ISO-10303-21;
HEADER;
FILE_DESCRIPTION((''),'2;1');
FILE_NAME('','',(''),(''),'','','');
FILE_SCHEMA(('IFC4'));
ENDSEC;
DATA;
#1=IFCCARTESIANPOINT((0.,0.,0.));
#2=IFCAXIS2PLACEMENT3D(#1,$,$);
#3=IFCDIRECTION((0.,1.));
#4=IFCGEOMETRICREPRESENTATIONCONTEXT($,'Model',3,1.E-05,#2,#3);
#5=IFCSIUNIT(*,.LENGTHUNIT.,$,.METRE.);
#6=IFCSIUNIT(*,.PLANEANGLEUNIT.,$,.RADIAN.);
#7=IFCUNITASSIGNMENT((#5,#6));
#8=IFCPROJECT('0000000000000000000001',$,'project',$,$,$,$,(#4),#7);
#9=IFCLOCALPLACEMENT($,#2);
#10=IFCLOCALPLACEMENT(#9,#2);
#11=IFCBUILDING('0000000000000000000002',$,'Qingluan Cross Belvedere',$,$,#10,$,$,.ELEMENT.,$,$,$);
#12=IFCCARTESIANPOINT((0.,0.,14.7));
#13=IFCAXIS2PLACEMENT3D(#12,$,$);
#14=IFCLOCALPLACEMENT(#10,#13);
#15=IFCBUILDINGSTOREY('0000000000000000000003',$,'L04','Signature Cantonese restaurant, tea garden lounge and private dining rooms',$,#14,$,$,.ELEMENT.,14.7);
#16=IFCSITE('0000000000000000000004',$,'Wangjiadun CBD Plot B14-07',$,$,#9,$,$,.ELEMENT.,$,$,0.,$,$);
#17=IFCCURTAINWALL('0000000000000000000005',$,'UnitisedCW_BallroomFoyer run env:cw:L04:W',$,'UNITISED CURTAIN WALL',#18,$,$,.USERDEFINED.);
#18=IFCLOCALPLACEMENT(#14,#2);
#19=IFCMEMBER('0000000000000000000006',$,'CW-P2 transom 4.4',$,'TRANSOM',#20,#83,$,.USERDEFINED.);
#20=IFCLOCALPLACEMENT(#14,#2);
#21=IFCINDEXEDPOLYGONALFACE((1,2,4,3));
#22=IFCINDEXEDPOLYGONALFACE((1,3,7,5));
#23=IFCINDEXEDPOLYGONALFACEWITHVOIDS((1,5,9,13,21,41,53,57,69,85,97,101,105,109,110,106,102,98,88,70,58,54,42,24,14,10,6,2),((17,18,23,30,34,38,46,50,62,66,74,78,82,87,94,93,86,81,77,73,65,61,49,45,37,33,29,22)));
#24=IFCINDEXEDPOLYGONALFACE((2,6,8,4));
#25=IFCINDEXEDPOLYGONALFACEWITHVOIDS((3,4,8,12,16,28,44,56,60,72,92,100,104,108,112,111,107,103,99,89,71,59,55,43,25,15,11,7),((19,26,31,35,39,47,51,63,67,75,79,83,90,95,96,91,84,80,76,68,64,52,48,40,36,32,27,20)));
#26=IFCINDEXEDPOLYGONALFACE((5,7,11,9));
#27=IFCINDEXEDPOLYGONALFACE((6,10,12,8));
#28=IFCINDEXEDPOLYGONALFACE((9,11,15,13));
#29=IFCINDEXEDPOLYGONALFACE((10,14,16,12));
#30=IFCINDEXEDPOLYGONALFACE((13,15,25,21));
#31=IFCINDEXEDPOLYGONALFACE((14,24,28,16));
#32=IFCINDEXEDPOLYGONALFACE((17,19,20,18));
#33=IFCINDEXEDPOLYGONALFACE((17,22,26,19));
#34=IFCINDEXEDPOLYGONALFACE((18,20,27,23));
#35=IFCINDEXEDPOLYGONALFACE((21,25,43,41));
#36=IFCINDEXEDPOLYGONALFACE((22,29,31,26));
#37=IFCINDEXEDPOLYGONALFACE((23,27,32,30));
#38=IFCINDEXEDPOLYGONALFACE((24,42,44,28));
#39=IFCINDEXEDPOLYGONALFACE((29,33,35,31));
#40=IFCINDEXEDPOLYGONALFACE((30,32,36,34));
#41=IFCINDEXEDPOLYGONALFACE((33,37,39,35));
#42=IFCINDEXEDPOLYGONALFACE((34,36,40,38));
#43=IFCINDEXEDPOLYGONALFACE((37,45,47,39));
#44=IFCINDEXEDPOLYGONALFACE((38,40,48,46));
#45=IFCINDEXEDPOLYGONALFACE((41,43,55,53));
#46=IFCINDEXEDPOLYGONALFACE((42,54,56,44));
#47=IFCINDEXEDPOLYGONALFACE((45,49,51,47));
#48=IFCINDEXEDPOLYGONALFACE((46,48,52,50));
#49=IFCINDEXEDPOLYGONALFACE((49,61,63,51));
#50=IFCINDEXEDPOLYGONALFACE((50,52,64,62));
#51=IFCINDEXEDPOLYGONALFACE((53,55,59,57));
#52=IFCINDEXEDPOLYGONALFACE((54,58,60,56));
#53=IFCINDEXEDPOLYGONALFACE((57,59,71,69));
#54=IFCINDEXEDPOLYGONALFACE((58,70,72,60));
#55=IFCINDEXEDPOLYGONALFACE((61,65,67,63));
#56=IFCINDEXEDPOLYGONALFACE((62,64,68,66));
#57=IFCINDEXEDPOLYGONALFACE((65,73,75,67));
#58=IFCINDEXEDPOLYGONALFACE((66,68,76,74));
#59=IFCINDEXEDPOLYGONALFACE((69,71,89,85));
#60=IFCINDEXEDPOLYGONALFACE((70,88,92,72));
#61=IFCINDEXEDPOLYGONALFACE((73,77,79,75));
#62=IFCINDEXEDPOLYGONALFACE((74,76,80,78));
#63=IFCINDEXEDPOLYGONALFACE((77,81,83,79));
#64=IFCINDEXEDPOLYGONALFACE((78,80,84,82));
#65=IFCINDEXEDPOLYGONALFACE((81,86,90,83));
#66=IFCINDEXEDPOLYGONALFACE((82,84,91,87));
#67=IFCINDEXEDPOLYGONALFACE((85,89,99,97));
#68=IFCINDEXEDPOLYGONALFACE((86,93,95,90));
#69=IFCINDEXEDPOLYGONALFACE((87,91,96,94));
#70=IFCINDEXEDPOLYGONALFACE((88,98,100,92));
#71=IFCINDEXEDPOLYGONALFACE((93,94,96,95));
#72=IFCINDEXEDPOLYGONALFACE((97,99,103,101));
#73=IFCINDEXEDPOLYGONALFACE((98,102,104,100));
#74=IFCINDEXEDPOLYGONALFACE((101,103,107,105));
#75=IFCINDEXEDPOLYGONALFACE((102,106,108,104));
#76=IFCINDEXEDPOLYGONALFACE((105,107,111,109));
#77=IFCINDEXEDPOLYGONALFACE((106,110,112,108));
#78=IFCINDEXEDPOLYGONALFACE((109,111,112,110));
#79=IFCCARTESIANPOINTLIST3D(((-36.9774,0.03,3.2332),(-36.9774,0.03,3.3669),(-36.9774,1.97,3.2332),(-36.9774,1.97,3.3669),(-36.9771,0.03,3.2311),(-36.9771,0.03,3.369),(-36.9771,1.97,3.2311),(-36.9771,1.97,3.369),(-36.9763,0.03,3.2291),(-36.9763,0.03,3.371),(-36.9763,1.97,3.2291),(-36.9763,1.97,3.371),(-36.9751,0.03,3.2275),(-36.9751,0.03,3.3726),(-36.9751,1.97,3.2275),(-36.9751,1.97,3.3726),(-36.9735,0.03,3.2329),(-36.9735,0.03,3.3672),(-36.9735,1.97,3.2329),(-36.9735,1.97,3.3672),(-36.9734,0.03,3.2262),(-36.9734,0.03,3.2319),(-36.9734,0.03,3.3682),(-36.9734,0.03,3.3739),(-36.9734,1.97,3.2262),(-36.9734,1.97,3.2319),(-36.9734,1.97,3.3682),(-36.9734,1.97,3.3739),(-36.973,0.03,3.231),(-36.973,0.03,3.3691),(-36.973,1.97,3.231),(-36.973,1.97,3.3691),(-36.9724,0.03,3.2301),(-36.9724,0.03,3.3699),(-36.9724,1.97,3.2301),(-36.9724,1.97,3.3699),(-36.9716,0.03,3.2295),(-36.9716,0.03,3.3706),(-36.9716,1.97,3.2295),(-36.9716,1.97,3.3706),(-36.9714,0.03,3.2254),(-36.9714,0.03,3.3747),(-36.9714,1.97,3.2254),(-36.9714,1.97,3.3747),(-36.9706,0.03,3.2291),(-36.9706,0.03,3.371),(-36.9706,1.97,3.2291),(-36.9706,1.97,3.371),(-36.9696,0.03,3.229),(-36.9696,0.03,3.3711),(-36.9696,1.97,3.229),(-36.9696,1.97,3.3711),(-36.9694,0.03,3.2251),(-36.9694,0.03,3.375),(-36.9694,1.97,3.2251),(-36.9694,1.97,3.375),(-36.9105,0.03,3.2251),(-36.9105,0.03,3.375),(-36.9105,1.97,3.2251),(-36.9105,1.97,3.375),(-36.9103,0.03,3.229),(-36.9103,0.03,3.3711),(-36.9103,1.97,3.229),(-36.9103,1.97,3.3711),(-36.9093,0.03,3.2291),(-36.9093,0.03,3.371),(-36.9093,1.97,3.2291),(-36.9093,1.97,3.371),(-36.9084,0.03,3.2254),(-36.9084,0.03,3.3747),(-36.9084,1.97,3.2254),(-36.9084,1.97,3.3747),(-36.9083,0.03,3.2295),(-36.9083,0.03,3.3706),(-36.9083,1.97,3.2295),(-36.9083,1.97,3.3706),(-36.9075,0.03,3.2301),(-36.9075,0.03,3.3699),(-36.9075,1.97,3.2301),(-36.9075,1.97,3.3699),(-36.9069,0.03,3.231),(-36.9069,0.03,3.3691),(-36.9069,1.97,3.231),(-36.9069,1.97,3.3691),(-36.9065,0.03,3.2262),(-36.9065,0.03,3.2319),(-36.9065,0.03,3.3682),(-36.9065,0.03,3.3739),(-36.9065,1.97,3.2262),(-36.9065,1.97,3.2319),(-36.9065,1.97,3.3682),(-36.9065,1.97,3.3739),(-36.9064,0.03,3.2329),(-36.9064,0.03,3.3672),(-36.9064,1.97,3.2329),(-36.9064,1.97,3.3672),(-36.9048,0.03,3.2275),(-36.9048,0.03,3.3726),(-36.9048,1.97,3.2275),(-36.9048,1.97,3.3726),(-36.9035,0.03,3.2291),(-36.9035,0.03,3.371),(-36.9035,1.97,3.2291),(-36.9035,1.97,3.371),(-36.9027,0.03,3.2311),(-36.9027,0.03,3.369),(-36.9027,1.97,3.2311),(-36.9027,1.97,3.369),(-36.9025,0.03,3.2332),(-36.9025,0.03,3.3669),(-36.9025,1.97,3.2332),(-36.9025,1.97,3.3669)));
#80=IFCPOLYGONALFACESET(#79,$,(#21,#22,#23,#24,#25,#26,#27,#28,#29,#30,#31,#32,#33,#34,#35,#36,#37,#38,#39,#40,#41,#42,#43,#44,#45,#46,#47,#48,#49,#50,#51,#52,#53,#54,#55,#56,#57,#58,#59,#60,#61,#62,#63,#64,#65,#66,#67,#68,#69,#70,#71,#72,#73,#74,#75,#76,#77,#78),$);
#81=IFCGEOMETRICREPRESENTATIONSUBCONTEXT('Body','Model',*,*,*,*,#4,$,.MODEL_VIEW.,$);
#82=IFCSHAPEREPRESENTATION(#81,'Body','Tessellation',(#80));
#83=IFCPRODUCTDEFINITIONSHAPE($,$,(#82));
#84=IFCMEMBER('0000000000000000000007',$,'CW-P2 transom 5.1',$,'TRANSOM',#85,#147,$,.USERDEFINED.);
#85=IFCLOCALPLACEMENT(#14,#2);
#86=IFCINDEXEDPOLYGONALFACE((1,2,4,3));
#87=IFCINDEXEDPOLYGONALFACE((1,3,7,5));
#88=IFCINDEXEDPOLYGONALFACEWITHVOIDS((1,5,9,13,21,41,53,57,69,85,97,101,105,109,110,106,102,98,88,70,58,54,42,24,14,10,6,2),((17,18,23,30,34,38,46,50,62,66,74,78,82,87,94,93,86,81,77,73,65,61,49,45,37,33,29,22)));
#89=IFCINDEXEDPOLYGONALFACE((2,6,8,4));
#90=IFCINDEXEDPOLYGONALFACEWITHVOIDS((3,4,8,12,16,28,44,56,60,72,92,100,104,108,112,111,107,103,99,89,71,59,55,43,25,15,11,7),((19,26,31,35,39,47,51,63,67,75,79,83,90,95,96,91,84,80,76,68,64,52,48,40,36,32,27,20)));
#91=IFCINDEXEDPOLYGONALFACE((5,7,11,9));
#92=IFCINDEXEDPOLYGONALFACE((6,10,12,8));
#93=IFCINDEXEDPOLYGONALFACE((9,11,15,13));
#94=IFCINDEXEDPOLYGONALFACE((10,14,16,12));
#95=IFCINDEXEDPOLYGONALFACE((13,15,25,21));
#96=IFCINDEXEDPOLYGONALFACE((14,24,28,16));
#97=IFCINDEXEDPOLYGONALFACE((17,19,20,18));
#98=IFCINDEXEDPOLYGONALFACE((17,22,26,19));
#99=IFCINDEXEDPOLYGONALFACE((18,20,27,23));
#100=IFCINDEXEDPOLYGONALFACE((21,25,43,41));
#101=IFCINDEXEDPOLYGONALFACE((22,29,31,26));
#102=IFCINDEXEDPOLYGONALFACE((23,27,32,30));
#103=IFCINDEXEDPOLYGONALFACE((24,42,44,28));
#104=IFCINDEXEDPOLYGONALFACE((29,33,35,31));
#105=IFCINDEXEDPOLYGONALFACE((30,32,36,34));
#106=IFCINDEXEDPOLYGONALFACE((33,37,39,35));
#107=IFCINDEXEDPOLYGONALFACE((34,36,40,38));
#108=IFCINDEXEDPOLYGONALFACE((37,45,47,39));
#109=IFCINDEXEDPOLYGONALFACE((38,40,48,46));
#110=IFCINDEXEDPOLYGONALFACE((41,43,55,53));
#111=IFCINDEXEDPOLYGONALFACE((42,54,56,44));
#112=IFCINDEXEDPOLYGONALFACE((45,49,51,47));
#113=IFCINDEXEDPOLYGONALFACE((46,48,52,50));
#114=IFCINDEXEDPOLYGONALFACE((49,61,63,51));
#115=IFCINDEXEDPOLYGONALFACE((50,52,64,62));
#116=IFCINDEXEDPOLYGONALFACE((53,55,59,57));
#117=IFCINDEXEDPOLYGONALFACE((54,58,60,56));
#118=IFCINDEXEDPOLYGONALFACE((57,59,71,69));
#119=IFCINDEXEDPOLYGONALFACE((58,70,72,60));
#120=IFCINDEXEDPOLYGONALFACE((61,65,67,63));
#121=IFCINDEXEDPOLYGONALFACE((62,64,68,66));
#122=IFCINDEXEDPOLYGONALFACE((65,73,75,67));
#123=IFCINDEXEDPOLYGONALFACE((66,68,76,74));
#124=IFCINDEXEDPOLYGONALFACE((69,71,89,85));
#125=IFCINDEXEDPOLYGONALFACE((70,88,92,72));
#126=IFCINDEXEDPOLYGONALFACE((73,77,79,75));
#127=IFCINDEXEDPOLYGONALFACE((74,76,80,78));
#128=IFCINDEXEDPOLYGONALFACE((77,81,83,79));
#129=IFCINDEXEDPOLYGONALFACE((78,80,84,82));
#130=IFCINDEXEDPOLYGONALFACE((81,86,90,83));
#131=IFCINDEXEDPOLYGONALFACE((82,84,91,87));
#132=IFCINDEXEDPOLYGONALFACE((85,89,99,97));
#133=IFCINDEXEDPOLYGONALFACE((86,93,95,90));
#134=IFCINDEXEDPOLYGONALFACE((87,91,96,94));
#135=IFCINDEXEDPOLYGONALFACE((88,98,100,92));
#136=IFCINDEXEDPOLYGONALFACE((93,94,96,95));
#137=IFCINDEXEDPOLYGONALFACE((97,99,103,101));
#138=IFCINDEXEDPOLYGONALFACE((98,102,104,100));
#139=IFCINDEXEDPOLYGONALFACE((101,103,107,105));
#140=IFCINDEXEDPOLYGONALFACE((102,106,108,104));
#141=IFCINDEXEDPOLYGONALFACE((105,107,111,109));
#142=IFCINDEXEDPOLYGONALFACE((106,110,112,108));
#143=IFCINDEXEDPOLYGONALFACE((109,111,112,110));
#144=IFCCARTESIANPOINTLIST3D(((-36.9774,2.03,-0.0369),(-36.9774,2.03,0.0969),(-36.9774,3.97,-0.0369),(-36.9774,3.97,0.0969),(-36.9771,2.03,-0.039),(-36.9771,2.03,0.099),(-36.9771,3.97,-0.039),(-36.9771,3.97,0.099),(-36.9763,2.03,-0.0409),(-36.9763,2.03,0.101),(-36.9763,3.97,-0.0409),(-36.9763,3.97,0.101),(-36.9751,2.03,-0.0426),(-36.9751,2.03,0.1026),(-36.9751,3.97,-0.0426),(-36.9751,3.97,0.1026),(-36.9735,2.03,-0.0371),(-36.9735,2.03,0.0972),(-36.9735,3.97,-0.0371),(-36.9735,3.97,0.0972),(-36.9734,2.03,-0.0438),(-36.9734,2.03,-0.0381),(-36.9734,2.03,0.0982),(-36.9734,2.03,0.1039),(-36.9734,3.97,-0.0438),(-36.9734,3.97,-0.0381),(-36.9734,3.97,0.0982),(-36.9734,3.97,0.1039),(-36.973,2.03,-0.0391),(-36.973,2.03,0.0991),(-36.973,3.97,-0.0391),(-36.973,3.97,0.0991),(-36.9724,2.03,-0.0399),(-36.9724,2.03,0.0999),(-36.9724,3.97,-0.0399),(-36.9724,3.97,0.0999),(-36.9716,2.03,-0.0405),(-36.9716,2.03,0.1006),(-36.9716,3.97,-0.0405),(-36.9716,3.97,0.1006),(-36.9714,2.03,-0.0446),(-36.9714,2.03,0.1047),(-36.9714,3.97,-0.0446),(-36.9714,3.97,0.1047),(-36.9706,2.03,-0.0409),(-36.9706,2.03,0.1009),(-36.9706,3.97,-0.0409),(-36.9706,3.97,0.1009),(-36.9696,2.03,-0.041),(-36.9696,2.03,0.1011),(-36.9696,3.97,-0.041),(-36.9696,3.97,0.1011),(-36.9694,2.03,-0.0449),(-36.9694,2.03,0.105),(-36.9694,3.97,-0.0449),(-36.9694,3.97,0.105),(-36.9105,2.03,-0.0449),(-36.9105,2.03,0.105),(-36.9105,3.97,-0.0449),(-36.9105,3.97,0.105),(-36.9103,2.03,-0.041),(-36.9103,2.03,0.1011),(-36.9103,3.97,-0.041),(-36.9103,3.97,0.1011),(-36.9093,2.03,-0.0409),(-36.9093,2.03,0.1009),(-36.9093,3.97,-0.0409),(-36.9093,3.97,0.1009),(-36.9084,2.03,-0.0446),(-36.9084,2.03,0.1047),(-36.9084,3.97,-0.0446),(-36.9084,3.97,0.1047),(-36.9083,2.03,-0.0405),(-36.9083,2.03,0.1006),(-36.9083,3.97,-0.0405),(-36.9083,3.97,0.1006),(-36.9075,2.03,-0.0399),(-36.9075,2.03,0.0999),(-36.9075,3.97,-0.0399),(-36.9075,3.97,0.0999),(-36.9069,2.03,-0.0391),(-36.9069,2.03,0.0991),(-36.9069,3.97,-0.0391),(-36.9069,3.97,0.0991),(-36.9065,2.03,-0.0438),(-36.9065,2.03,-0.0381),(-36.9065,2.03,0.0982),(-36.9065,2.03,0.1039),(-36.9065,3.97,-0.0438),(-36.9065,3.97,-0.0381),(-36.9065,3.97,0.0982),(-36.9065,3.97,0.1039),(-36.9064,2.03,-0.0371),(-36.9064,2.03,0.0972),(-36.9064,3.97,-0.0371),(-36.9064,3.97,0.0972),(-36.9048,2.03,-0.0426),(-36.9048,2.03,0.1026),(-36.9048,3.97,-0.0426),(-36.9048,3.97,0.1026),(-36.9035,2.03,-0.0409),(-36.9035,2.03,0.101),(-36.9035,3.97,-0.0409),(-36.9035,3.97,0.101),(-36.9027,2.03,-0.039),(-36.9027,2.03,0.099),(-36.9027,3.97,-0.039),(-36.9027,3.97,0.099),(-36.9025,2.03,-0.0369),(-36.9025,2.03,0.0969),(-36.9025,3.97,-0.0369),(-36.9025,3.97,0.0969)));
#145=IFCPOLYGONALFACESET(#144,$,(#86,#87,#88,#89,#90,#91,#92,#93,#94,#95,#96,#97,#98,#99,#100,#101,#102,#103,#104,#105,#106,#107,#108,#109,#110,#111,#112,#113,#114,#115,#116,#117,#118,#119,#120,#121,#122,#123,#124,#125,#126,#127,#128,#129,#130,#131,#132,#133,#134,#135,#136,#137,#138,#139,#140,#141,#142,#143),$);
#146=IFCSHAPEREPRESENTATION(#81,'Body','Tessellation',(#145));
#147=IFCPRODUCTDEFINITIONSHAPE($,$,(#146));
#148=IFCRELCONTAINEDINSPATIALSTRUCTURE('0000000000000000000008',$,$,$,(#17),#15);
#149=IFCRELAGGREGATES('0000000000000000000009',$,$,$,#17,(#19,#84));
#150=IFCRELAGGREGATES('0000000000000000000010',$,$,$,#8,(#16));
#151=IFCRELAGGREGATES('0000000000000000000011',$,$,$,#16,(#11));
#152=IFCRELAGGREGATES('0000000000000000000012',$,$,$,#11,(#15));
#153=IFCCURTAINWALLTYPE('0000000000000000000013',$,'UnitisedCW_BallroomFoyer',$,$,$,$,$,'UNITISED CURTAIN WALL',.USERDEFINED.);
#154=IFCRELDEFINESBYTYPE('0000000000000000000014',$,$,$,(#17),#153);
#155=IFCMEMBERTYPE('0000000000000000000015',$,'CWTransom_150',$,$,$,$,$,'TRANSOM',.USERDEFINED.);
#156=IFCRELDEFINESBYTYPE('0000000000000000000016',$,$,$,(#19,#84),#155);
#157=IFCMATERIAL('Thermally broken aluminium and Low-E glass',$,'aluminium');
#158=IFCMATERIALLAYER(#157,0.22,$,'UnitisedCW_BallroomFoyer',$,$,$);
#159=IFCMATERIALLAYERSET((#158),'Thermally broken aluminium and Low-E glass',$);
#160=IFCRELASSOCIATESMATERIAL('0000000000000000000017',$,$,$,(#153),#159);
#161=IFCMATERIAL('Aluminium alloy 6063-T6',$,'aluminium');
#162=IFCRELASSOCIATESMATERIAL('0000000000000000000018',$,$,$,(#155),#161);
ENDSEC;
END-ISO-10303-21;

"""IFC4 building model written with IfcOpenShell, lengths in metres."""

from ifc_helpers import new_model, si_unit, direction, frame, origin, origin_2d, place, context, subcontext, project, spatial, hollow_rectangle, extrude, material, layer, layer_set, material_profile, profile_set, type_object, element, aggregate, save


model = new_model("IFC4")

# Units and contexts
model_context = context("Model", 3, precision=1e-05, world=origin(), true_north=direction((0.0, 1.0)))
body_context = subcontext(model_context, "Body", "Model", "MODEL_VIEW")
ifc_project = project(units=[si_unit("LENGTHUNIT", "METRE"), si_unit("PLANEANGLEUNIT", "RADIAN")], contexts=[model_context])

# Site, building, storey
site_placement = place(None, origin())
site = spatial("IfcSite", under=ifc_project, at=site_placement, Name="Wangjiadun CBD Plot B14-07", CompositionType="ELEMENT", RefElevation=0.0)
building_placement = place(site_placement, origin())
building = spatial("IfcBuilding", under=site, at=building_placement, Name="Qingluan Cross Belvedere", CompositionType="ELEMENT")
storey_placement = place(building_placement, frame((0.0, 0.0, 14.7)))
storey = spatial("IfcBuildingStorey", under=building, at=storey_placement, Name="L04", Description="Signature Cantonese restaurant, tea garden lounge and private dining rooms", CompositionType="ELEMENT", Elevation=14.7)

# Curtain wall, members
ifc_material_1 = material(Name="Thermally broken aluminium and Low-E glass", Category="aluminium")
ifc_layer_1 = layer(ifc_material_1, 0.22, Name="UnitisedCW_BallroomFoyer")
ifc_layer_set_1 = layer_set([ifc_layer_1], Name="Thermally broken aluminium and Low-E glass")
curtain_wall_type = type_object("IfcCurtainWallType", Name="UnitisedCW_BallroomFoyer", ElementType="UNITISED CURTAIN WALL", PredefinedType="USERDEFINED", material=ifc_layer_set_1)
curtain_wall_placement = place(storey_placement, origin())
curtain_wall = element("IfcCurtainWall", 1, at=curtain_wall_placement, inside=storey, type_object=curtain_wall_type, Name="UnitisedCW_BallroomFoyer run env:cw:L04:W", ObjectType="UNITISED CURTAIN WALL", PredefinedType="USERDEFINED")
ifc_material_2 = material(Name="Aluminium alloy 6063-T6", Category="aluminium")
ifc_material_profile_1 = material_profile(ifc_material_2, hollow_rectangle(XDim=0.075, YDim=0.1499, WallThickness=0.0039, InnerFilletRadius=0.0039, OuterFilletRadius=0.0081, at=origin_2d()), Name="CWT150x75x4")
ifc_profile_set_1 = profile_set([ifc_material_profile_1], Name="Aluminium alloy 6063-T6")
member_type_1 = type_object("IfcMemberType", Name="CWTransom_150", ElementType="TRANSOM", PredefinedType="USERDEFINED", material=ifc_profile_set_1)
member_1_placement = place(storey_placement, frame((-36.9399, 0.03, 3.3), z_axis=(0.0, 1.0, 0.0), x_axis=(-1.0, 0.0, 0.0)))
member_1 = element("IfcMember", 2, at=member_1_placement, type_object=member_type_1, Name="CW-P2 transom 4.4", ObjectType="TRANSOM", PredefinedType="USERDEFINED", context=body_context, shape_type="SweptSolid", body=[
    extrude(hollow_rectangle(XDim=0.075, YDim=0.1499, WallThickness=0.0039, InnerFilletRadius=0.0039, OuterFilletRadius=0.0081, at=origin_2d()), origin(), (0.0, 0.0, 1.0), 1.9399),
])
member_2_placement = place(storey_placement, frame((-36.9399, 2.03, 0.03), z_axis=(0.0, 1.0, 0.0), x_axis=(-1.0, 0.0, 0.0)))
member_2 = element("IfcMember", 3, at=member_2_placement, type_object=member_type_1, Name="CW-P2 transom 5.1", ObjectType="TRANSOM", PredefinedType="USERDEFINED", context=body_context, shape_type="SweptSolid", body=[
    extrude(hollow_rectangle(XDim=0.075, YDim=0.1499, WallThickness=0.0039, InnerFilletRadius=0.0039, OuterFilletRadius=0.0081, at=origin_2d()), origin(), (0.0, 0.0, 1.0), 1.9399),
])
aggregate(curtain_wall, [member_1, member_2])

save(model, "model.ifc")
